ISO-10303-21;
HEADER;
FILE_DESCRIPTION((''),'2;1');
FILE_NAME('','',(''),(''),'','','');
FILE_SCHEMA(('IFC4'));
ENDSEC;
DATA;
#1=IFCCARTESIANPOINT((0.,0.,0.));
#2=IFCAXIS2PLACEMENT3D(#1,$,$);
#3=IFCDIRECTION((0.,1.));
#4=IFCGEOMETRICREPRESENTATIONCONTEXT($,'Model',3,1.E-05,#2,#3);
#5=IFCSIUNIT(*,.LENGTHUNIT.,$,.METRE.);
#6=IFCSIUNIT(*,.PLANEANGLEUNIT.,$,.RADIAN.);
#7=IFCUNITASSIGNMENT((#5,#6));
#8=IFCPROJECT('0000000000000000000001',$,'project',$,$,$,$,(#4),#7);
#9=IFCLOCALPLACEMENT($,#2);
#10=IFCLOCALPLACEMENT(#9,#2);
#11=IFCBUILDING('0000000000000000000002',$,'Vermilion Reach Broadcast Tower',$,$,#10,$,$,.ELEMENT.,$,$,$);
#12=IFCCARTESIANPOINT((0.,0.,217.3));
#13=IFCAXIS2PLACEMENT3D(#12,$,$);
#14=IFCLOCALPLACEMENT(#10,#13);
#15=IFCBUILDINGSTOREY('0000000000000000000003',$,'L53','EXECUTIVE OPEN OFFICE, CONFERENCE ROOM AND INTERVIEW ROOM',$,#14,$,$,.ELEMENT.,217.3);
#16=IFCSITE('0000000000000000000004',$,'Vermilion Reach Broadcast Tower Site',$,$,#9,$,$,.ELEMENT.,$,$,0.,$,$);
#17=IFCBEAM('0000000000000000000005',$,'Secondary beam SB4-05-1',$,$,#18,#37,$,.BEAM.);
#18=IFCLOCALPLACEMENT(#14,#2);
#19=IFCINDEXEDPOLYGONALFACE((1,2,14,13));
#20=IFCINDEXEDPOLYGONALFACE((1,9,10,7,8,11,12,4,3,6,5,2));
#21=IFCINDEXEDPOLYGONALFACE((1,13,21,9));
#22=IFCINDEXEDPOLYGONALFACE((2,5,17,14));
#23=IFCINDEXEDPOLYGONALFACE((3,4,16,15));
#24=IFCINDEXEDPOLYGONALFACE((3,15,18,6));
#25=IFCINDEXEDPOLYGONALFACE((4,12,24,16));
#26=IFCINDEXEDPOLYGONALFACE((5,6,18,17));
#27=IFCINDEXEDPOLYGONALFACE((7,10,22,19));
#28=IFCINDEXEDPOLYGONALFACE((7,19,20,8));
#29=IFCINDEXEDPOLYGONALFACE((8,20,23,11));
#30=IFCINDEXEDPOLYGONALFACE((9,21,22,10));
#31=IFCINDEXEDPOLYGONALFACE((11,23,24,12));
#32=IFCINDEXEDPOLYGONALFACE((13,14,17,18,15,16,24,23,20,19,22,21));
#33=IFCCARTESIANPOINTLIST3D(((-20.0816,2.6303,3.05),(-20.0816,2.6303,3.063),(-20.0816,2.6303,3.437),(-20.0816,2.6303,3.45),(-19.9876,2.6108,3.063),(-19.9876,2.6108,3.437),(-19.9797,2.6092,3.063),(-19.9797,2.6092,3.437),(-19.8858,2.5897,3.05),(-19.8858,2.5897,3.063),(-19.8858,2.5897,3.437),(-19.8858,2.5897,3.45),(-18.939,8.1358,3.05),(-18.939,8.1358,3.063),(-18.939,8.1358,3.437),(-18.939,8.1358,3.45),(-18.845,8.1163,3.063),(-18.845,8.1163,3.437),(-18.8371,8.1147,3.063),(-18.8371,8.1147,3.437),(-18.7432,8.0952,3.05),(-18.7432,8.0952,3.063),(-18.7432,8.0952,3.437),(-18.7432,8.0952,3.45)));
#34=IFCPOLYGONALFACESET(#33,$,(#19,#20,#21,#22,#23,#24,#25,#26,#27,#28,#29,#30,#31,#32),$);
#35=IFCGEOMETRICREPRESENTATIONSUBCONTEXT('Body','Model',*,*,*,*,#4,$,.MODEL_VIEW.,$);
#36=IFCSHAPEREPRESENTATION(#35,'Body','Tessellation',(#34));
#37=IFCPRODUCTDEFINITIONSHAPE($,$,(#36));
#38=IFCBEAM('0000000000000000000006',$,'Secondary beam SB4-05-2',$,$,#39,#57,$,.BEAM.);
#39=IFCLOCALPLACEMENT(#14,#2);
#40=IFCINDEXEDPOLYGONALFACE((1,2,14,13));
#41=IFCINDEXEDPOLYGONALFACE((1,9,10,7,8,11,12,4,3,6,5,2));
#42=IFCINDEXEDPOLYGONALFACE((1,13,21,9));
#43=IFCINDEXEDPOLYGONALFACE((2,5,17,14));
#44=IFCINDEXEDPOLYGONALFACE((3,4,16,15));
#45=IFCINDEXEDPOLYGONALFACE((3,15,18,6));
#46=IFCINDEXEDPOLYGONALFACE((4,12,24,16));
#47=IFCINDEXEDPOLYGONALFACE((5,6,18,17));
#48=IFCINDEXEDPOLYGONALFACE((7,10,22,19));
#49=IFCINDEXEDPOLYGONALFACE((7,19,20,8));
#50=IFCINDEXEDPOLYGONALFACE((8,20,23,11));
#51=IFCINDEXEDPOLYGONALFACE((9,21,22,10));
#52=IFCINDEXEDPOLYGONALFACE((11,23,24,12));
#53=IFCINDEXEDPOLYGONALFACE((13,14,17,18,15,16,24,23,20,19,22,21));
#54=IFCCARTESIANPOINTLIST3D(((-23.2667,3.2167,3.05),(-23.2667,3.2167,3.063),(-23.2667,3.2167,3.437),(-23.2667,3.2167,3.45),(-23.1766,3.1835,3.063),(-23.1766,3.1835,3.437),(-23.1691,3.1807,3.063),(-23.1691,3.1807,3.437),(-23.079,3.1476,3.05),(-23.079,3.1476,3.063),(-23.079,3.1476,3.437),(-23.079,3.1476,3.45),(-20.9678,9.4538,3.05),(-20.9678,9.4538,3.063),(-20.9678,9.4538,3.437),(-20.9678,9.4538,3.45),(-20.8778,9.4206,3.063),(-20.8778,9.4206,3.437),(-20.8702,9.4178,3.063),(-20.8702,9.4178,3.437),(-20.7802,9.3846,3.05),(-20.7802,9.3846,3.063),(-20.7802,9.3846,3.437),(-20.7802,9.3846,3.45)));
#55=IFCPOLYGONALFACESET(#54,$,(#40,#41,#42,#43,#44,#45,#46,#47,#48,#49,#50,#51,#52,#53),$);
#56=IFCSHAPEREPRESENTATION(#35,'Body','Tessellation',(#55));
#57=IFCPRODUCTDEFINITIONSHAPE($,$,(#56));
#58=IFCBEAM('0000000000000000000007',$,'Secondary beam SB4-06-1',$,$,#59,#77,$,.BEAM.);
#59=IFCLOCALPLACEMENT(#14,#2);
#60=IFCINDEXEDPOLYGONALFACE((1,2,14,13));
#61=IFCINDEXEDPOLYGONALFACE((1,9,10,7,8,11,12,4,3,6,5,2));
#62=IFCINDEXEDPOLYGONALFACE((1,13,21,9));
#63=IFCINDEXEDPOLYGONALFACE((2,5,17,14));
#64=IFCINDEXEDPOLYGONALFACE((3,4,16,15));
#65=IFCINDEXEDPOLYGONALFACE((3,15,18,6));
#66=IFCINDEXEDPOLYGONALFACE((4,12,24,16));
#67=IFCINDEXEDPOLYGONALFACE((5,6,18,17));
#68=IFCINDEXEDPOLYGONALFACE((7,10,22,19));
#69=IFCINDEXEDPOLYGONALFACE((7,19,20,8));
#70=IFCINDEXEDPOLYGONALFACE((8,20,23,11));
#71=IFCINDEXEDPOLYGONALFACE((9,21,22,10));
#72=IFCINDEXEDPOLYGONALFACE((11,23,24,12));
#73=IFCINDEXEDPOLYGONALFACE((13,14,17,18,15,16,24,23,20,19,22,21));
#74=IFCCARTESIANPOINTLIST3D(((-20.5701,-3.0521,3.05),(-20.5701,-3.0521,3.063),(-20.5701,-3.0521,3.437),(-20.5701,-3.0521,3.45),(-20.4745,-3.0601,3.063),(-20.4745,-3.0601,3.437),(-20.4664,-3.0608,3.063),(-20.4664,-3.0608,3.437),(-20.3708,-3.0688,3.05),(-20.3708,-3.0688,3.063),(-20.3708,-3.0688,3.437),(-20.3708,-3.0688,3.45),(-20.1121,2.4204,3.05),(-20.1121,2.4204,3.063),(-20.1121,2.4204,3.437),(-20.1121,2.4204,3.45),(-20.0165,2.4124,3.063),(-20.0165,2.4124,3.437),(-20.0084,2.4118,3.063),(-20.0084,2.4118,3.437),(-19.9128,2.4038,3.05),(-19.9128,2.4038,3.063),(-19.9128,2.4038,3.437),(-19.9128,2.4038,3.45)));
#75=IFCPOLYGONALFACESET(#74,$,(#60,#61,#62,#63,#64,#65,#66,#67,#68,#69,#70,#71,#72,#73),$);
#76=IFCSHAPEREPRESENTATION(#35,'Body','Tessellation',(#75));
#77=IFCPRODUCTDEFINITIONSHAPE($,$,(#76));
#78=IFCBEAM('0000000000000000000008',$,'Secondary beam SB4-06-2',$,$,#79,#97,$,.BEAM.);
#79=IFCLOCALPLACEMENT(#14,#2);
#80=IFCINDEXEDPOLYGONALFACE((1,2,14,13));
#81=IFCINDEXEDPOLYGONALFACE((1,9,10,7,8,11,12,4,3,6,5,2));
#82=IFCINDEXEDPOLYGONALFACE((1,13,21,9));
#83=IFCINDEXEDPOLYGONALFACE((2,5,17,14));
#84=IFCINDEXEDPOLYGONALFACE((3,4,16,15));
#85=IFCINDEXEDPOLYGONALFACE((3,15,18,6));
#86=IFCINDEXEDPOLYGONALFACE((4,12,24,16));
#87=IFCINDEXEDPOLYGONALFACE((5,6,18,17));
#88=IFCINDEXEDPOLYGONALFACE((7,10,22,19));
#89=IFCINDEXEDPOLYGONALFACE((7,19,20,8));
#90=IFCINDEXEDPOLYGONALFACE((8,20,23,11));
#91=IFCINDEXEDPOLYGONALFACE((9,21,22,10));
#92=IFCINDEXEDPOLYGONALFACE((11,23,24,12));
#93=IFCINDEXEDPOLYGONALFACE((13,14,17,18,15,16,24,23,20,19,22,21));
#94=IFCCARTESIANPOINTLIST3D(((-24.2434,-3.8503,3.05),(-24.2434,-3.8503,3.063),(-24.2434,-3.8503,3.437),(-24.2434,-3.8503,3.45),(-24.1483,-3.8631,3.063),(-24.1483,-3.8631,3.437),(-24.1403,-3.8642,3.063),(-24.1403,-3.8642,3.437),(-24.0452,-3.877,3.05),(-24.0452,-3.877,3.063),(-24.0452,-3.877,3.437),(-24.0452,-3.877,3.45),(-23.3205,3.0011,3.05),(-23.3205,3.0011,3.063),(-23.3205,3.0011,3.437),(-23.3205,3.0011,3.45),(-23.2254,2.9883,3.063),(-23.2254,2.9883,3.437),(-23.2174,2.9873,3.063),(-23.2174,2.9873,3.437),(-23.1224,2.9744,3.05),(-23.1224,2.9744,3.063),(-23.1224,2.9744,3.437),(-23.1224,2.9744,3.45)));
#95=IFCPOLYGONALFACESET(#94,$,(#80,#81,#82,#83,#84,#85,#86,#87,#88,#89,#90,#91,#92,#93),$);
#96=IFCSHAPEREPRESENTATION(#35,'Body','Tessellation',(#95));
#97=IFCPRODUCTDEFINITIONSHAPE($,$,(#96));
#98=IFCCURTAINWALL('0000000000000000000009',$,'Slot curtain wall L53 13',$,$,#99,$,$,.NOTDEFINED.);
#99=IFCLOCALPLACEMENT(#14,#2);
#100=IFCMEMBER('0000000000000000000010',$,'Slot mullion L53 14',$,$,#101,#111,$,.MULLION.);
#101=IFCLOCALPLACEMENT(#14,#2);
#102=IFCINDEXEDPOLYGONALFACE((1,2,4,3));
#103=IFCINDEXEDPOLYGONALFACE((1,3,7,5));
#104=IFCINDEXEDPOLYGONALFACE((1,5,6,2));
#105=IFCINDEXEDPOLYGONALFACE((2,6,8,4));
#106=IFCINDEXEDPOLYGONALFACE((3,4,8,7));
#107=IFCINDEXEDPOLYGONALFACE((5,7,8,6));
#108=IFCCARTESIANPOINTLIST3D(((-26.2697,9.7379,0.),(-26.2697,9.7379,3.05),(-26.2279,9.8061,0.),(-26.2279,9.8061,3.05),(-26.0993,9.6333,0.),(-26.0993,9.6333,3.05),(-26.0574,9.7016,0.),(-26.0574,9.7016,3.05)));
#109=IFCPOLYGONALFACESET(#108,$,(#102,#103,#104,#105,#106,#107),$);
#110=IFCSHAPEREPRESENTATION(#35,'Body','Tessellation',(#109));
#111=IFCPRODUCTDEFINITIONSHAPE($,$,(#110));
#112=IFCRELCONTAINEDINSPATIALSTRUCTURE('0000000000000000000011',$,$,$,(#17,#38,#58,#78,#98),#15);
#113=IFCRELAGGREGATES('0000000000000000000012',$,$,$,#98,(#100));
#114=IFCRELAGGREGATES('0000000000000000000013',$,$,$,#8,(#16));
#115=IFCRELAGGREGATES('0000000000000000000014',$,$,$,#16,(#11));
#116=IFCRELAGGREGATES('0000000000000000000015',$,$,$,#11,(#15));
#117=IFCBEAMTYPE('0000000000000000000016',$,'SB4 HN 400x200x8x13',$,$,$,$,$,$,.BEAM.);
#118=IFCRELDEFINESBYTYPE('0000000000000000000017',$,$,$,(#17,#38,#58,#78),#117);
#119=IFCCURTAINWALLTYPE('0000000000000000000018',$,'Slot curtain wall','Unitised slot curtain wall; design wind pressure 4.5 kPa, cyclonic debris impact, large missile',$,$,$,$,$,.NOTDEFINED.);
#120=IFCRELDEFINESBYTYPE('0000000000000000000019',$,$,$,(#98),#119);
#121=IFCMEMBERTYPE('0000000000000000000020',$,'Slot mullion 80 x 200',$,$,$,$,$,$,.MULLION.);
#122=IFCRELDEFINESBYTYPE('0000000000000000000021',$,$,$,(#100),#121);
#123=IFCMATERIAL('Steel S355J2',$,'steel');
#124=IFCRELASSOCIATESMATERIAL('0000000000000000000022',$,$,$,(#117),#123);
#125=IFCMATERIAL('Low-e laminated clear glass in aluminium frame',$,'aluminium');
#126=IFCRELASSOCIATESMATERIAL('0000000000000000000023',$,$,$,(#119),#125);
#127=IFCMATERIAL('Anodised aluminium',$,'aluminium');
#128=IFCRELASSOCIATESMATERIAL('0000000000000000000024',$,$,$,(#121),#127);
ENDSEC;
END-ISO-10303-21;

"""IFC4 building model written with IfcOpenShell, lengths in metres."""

from ifc_helpers import new_model, si_unit, direction, frame, origin, origin_2d, place, context, subcontext, project, spatial, rectangle, i_section, extrude, material, material_profile, profile_set, type_object, element, aggregate, save


model = new_model("IFC4")

# Units and contexts
model_context = context("Model", 3, precision=1e-05, world=origin(), true_north=direction((0.0, 1.0)))
body_context = subcontext(model_context, "Body", "Model", "MODEL_VIEW")
ifc_project = project(units=[si_unit("LENGTHUNIT", "METRE"), si_unit("PLANEANGLEUNIT", "RADIAN")], contexts=[model_context])

# Site, building, storey
site_placement = place(None, origin())
site = spatial("IfcSite", under=ifc_project, at=site_placement, Name="Vermilion Reach Broadcast Tower Site", CompositionType="ELEMENT", RefElevation=0.0)
building_placement = place(site_placement, origin())
building = spatial("IfcBuilding", under=site, at=building_placement, Name="Vermilion Reach Broadcast Tower", CompositionType="ELEMENT")
storey_placement = place(building_placement, frame((0.0, 0.0, 217.3)))
storey = spatial("IfcBuildingStorey", under=building, at=storey_placement, Name="L53", Description="EXECUTIVE OPEN OFFICE, CONFERENCE ROOM AND INTERVIEW ROOM", CompositionType="ELEMENT", Elevation=217.3)

# Beams
ifc_material_1 = material(Name="Steel S355J2", Category="steel")
ifc_material_profile_1 = material_profile(ifc_material_1, i_section(OverallWidth=0.2, OverallDepth=0.3999, WebThickness=0.0081, FlangeThickness=0.0129, at=origin_2d()), Name="S355J2 HN 400x200x8x13")
ifc_profile_set_1 = profile_set([ifc_material_profile_1], Name="Steel S355J2")
beam_type_1 = type_object("IfcBeamType", Name="SB4 HN 400x200x8x13", PredefinedType="BEAM", material=ifc_profile_set_1)
beam_1_placement = place(storey_placement, frame((-18.8411, 8.1155, 3.25), z_axis=(-0.203209, -0.979135, 0.0), x_axis=(0.979135, -0.203209, 0.0)))
element("IfcBeam", 1, at=beam_1_placement, inside=storey, type_object=beam_type_1, Name="Secondary beam SB4-05-1", PredefinedType="BEAM", context=body_context, shape_type="SweptSolid", body=[
    extrude(i_section(OverallWidth=0.2, OverallDepth=0.3999, WebThickness=0.0081, FlangeThickness=0.0129, at=origin_2d()), origin(), (0.0, 0.0, 1.0), 5.6228),
])
beam_2_placement = place(storey_placement, frame((-20.874, 9.4192, 3.25), z_axis=(-0.345833, -0.938296, 0.0), x_axis=(0.938296, -0.345833, 0.0)))
element("IfcBeam", 2, at=beam_2_placement, inside=storey, type_object=beam_type_1, Name="Secondary beam SB4-05-2", PredefinedType="BEAM", context=body_context, shape_type="SweptSolid", body=[
    extrude(i_section(OverallWidth=0.2, OverallDepth=0.3999, WebThickness=0.0081, FlangeThickness=0.0129, at=origin_2d()), origin(), (0.0, 0.0, 1.0), 6.6472),
])
beam_3_placement = place(storey_placement, frame((-20.0125, 2.4121, 3.25), z_axis=(-0.083399, -0.996516, 0.0), x_axis=(0.996516, -0.083399, 0.0)))
element("IfcBeam", 3, at=beam_3_placement, inside=storey, type_object=beam_type_1, Name="Secondary beam SB4-06-1", PredefinedType="BEAM", context=body_context, shape_type="SweptSolid", body=[
    extrude(i_section(OverallWidth=0.2, OverallDepth=0.3999, WebThickness=0.0081, FlangeThickness=0.0129, at=origin_2d()), origin(), (0.0, 0.0, 1.0), 5.4917),
])
beam_4_placement = place(storey_placement, frame((-23.2214, 2.9878, 3.25), z_axis=(-0.133487, -0.991051, 0.0), x_axis=(0.991051, -0.133487, 0.0)))
element("IfcBeam", 4, at=beam_4_placement, inside=storey, type_object=beam_type_1, Name="Secondary beam SB4-06-2", PredefinedType="BEAM", context=body_context, shape_type="SweptSolid", body=[
    extrude(i_section(OverallWidth=0.2, OverallDepth=0.3999, WebThickness=0.0081, FlangeThickness=0.0129, at=origin_2d()), origin(), (0.0, 0.0, 1.0), 6.9133),
])

# Curtain wall, member
ifc_material_2 = material(Name="Low-e laminated clear glass in aluminium frame", Category="aluminium")
curtain_wall_type = type_object("IfcCurtainWallType", Name="Slot curtain wall", Description="Unitised slot curtain wall; design wind pressure 4.5 kPa, cyclonic debris impact, large missile", PredefinedType="NOTDEFINED", material=ifc_material_2)
curtain_wall_placement = place(storey_placement, origin())
curtain_wall = element("IfcCurtainWall", 5, at=curtain_wall_placement, inside=storey, type_object=curtain_wall_type, Name="Slot curtain wall L53 13", PredefinedType="NOTDEFINED")
ifc_material_3 = material(Name="Anodised aluminium", Category="aluminium")
ifc_material_profile_2 = material_profile(ifc_material_3, rectangle(XDim=0.2, YDim=0.0801, at=origin_2d()), Name="Slot mullion 80 x 200")
ifc_profile_set_2 = profile_set([ifc_material_profile_2], Name="Anodised aluminium")
member_type = type_object("IfcMemberType", Name="Slot mullion 80 x 200", PredefinedType="MULLION", material=ifc_profile_set_2)
member_placement = place(storey_placement, frame((-26.1636, 9.7197, 0.0), z_axis=(0.0, 0.0, 1.0), x_axis=(0.852467, -0.522781, 0.0)))
member = element("IfcMember", 6, at=member_placement, type_object=member_type, Name="Slot mullion L53 14", PredefinedType="MULLION", context=body_context, shape_type="SweptSolid", body=[
    extrude(rectangle(XDim=0.2, YDim=0.0801, at=origin_2d()), origin(), (0.0, 0.0, 1.0), 3.05),
])
aggregate(curtain_wall, [member])

save(model, "model.ifc")
